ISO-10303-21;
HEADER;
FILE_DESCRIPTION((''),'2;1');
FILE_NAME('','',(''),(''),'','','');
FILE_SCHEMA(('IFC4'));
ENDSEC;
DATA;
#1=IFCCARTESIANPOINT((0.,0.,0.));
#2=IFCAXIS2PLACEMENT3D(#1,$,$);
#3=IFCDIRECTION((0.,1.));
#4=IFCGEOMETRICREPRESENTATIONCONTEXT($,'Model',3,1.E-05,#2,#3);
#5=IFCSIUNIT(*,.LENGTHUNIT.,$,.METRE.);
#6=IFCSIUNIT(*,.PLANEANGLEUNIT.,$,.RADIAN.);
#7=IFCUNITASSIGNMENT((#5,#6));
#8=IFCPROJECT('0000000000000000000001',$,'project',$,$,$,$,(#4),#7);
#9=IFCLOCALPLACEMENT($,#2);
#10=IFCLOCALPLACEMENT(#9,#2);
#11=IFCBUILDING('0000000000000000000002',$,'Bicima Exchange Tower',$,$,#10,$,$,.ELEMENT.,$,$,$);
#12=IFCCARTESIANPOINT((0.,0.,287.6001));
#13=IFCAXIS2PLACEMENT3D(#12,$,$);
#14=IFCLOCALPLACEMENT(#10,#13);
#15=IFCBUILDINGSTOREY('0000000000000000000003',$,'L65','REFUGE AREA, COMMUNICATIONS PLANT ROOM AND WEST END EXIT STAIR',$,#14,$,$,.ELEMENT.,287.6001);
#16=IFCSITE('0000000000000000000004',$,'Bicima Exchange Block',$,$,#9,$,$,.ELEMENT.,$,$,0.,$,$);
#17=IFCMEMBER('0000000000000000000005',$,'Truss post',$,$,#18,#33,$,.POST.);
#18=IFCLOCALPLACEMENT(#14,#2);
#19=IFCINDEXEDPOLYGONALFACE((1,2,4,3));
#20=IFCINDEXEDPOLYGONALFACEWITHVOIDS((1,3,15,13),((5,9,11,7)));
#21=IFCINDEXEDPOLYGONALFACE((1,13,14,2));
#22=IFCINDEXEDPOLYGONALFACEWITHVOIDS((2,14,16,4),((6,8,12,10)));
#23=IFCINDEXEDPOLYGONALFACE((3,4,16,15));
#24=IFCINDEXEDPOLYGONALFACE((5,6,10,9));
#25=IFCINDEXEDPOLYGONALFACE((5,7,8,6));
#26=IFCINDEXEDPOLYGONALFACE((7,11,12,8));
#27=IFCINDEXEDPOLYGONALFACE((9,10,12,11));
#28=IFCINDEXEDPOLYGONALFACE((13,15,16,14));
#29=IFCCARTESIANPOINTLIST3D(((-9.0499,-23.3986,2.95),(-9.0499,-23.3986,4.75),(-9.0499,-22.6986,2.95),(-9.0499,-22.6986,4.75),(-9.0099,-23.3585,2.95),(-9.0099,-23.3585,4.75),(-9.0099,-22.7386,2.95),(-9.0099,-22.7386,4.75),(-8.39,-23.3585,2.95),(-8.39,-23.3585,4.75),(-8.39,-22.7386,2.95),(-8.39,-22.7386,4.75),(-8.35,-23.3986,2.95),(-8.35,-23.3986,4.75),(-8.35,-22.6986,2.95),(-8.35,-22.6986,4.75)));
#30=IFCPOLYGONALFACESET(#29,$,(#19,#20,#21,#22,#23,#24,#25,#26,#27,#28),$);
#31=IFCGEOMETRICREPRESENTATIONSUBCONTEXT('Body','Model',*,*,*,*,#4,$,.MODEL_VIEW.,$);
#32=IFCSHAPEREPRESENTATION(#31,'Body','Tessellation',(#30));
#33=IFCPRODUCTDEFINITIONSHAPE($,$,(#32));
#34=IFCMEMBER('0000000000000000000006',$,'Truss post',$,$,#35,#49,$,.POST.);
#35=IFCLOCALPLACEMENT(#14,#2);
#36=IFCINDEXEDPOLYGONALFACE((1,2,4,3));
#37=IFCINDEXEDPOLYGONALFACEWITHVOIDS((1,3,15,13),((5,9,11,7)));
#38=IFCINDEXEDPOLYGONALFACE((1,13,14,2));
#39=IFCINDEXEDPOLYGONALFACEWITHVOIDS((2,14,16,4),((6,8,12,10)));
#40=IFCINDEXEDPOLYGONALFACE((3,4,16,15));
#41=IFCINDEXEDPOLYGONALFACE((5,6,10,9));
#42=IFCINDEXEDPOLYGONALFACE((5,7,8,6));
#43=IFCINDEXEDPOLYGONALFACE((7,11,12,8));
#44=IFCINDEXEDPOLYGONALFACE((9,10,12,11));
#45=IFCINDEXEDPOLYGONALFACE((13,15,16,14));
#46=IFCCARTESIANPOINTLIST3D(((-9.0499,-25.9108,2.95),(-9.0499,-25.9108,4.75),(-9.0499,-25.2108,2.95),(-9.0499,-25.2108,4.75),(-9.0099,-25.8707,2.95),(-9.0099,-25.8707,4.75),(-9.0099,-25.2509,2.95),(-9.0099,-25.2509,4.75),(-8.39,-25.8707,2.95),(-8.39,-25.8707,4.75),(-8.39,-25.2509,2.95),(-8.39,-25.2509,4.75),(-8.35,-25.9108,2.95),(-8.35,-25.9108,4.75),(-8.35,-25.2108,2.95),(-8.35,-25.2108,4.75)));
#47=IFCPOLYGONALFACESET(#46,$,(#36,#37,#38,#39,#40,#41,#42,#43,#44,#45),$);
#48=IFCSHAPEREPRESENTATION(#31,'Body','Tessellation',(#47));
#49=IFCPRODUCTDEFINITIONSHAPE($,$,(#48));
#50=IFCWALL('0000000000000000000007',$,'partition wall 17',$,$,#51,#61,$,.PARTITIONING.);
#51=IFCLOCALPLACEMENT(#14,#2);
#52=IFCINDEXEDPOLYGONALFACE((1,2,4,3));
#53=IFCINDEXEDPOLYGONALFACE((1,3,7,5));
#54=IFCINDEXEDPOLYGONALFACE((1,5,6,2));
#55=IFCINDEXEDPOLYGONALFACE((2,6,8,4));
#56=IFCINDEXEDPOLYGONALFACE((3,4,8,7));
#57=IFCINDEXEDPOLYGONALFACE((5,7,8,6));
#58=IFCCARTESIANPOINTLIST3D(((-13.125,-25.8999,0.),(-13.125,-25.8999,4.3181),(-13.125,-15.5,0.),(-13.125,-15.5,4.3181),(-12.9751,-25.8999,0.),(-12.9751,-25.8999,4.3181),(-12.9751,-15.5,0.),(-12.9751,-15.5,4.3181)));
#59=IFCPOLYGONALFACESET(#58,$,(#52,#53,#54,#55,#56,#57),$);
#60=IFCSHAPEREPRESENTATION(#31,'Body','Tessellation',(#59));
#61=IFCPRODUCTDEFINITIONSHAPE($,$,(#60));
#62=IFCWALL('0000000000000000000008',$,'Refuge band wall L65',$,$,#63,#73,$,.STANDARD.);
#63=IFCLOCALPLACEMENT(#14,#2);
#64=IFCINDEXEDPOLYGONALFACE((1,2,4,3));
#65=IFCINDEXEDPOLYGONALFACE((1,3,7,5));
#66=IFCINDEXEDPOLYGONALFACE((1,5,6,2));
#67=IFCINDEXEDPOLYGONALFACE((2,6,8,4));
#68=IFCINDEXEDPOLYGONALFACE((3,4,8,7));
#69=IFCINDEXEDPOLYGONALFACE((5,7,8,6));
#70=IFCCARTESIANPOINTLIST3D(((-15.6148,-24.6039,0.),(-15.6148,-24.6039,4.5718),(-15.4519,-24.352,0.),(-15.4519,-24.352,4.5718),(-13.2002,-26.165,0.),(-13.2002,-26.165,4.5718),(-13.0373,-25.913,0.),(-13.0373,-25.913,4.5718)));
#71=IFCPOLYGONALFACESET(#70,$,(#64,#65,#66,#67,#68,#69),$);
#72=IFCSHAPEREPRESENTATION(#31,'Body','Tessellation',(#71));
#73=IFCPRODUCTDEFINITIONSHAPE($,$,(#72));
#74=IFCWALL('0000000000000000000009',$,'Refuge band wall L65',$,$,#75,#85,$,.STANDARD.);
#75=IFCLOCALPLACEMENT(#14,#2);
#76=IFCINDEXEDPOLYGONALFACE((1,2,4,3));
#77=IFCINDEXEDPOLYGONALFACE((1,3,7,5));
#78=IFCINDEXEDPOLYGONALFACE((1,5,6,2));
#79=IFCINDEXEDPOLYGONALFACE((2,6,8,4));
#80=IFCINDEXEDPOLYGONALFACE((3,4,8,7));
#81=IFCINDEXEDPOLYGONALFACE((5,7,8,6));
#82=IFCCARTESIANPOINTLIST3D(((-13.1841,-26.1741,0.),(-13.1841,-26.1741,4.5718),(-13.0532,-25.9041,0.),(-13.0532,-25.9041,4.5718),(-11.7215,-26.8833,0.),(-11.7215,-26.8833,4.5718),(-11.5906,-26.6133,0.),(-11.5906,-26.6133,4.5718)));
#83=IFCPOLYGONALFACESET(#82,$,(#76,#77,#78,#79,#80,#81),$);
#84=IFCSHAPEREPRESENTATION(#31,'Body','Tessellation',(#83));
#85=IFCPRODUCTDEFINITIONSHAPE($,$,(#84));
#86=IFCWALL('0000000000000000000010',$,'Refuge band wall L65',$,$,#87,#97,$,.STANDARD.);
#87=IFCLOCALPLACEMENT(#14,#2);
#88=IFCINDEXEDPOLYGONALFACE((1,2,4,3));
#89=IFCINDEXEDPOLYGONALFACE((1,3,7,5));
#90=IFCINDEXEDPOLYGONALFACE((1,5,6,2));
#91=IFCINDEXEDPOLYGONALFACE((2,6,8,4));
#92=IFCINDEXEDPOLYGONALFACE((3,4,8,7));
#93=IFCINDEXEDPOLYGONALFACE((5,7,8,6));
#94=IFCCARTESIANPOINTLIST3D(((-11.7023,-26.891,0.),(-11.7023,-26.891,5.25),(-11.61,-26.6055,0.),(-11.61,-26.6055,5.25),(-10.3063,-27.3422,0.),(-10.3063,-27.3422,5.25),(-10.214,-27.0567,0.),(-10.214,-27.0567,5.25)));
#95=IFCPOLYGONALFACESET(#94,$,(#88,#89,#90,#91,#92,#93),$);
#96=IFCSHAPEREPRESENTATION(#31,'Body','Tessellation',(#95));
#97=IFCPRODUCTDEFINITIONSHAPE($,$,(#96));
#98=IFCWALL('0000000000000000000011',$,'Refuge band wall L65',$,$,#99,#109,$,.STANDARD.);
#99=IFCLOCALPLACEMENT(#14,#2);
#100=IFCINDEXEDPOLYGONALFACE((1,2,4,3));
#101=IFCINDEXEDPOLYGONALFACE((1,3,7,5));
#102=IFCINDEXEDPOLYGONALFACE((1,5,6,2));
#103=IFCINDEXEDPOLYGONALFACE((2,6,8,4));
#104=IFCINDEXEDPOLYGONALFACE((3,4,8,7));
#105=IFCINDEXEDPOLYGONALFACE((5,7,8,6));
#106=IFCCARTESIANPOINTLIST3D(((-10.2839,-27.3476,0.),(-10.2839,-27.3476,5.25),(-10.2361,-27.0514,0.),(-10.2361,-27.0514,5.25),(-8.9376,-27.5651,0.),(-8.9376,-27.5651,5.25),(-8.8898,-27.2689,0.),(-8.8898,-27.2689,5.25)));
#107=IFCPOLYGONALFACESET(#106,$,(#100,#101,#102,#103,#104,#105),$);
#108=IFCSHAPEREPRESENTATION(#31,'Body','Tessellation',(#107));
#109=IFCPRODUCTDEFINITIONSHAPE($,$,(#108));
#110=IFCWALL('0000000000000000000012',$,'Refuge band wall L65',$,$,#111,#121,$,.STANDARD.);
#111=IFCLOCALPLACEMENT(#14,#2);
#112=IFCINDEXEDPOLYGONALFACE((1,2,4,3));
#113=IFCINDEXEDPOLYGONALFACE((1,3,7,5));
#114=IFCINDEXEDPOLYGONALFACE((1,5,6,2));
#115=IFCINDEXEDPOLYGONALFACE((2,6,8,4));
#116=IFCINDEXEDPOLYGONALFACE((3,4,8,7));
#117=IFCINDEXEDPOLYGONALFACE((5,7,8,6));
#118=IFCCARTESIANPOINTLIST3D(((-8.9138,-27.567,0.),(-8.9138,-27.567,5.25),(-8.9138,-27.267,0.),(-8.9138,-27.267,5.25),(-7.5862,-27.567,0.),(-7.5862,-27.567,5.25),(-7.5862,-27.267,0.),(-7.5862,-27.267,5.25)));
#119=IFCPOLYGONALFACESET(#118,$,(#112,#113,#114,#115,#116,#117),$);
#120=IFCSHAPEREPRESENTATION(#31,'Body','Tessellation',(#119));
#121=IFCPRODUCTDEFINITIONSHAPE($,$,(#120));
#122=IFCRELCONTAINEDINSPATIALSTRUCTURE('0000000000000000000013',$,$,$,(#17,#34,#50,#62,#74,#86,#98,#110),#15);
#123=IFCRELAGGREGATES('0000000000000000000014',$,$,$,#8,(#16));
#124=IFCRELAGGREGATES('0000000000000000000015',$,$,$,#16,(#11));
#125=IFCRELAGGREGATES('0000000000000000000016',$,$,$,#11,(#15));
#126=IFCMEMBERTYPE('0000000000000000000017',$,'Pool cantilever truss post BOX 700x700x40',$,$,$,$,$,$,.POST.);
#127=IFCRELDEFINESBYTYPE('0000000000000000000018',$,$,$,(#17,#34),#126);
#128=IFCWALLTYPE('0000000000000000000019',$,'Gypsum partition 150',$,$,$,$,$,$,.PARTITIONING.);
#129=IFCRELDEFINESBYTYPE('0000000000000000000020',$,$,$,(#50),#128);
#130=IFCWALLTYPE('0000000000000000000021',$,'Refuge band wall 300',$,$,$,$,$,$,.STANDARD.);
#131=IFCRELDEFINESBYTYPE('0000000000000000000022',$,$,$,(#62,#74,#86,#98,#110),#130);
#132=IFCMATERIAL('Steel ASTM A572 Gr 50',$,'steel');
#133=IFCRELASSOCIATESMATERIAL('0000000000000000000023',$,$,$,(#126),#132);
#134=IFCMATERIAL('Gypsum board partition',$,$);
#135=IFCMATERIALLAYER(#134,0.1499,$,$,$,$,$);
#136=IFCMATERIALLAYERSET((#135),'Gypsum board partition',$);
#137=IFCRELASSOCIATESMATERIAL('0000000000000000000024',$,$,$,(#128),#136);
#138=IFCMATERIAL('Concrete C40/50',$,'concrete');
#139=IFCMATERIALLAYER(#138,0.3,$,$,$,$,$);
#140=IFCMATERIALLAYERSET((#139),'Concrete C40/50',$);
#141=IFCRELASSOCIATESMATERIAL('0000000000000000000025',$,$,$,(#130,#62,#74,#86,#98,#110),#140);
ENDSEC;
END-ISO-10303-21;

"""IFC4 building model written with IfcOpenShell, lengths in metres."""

from ifc_helpers import new_model, si_unit, direction, frame, frame_2d, origin, origin_2d, place, context, subcontext, project, spatial, rectangle, hollow_rectangle, extrude, material, layer, layer_set, layer_usage, material_profile, profile_set, type_object, element, save


model = new_model("IFC4")

# Units and contexts
model_context = context("Model", 3, precision=1e-05, world=origin(), true_north=direction((0.0, 1.0)))
body_context = subcontext(model_context, "Body", "Model", "MODEL_VIEW")
ifc_project = project(units=[si_unit("LENGTHUNIT", "METRE"), si_unit("PLANEANGLEUNIT", "RADIAN")], contexts=[model_context])

# Site, building, storey
site_placement = place(None, origin())
site = spatial("IfcSite", under=ifc_project, at=site_placement, Name="Bicima Exchange Block", CompositionType="ELEMENT", RefElevation=0.0)
building_placement = place(site_placement, origin())
building = spatial("IfcBuilding", under=site, at=building_placement, Name="Bicima Exchange Tower", CompositionType="ELEMENT")
storey_placement = place(building_placement, frame((0.0, 0.0, 287.6001)))
storey = spatial("IfcBuildingStorey", under=building, at=storey_placement, Name="L65", Description="REFUGE AREA, COMMUNICATIONS PLANT ROOM AND WEST END EXIT STAIR", CompositionType="ELEMENT", Elevation=287.6001)

# Members
ifc_material_1 = material(Name="Steel ASTM A572 Gr 50", Category="steel")
ifc_material_profile_1 = material_profile(ifc_material_1, hollow_rectangle(XDim=0.7, YDim=0.7, WallThickness=0.04, at=origin_2d()))
ifc_profile_set_1 = profile_set([ifc_material_profile_1], Name="Steel ASTM A572 Gr 50")
member_type_1 = type_object("IfcMemberType", Name="Pool cantilever truss post BOX 700x700x40", PredefinedType="POST", material=ifc_profile_set_1)
for number, where, z_axis, x_axis, name in (
    (1, (-8.7, -23.0486, 2.95), (0.0, 0.0, 1.0), (1.0, 0.0, 0.0), "Truss post"),
    (2, (-8.7, -25.5608, 2.95), (0.0, 0.0, 1.0), (1.0, 0.0, 0.0), "Truss post"),
):
    element("IfcMember", number, at=place(storey_placement, frame(where, z_axis=z_axis, x_axis=x_axis)), inside=storey, type_object=member_type_1, Name=name, PredefinedType="POST", context=body_context, shape_type="SweptSolid", body=[
        extrude(hollow_rectangle(XDim=0.7, YDim=0.7, WallThickness=0.04, at=origin_2d()), origin(), (0.0, 0.0, 1.0), 1.8),
    ])

# Walls
ifc_material_2 = material(Name="Gypsum board partition")
ifc_layer_1 = layer(ifc_material_2, 0.1499)
ifc_layer_set_1 = layer_set([ifc_layer_1], Name="Gypsum board partition")
wall_type_1 = type_object("IfcWallType", Name="Gypsum partition 150", PredefinedType="PARTITIONING", material=ifc_layer_set_1)
wall_1_placement = place(storey_placement, frame((-13.05, -25.8999, 0.0), z_axis=(0.0, 0.0, 1.0), x_axis=(0.0, 1.0, 0.0)))
element("IfcWall", 3, at=wall_1_placement, inside=storey, type_object=wall_type_1, Name="partition wall 17", PredefinedType="PARTITIONING", context=body_context, shape_type="SweptSolid", body=[
    extrude(rectangle(XDim=10.3999, YDim=0.1499, at=frame_2d((5.2, 0.0))), origin(), (0.0, 0.0, 1.0), 4.3181),
])
ifc_material_3 = material(Name="Concrete C40/50", Category="concrete")
ifc_layer_2 = layer(ifc_material_3, 0.3)
ifc_layer_set_2 = layer_set([ifc_layer_2], Name="Concrete C40/50")
ifc_layer_usage = layer_usage(ifc_layer_set_2, "AXIS2", "POSITIVE", -0.15)
wall_type_2 = type_object("IfcWallType", Name="Refuge band wall 300", PredefinedType="STANDARD", material=ifc_layer_set_2)
wall_2_placement = place(storey_placement, frame((-15.5332, -24.478, 0.0), z_axis=(0.0, 0.0, 1.0), x_axis=(0.83978, -0.542927, 0.0)))
element("IfcWall", 4, at=wall_2_placement, inside=storey, type_object=wall_type_2, material=ifc_layer_usage, Name="Refuge band wall L65", PredefinedType="STANDARD", context=body_context, shape_type="SweptSolid", body=[
    extrude(rectangle(XDim=2.8752, YDim=0.3, at=frame_2d((1.4375, 0.0))), origin(), (0.0, 0.0, 1.0), 4.5718),
])
wall_3_placement = place(storey_placement, frame((-13.1187, -26.0391, 0.0), z_axis=(0.0, 0.0, 1.0), x_axis=(0.899798, -0.436307, 0.0)))
element("IfcWall", 5, at=wall_3_placement, inside=storey, type_object=wall_type_2, material=ifc_layer_usage, Name="Refuge band wall L65", PredefinedType="STANDARD", context=body_context, shape_type="SweptSolid", body=[
    extrude(rectangle(XDim=1.6255, YDim=0.3, at=frame_2d((0.8127, 0.0))), origin(), (0.0, 0.0, 1.0), 4.5718),
])
wall_4_placement = place(storey_placement, frame((-11.656, -26.7483, 0.0), z_axis=(0.0, 0.0, 1.0), x_axis=(0.951539, -0.307528, 0.0)))
element("IfcWall", 6, at=wall_4_placement, inside=storey, type_object=wall_type_2, material=ifc_layer_usage, Name="Refuge band wall L65", PredefinedType="STANDARD", context=body_context, shape_type="SweptSolid", body=[
    extrude(rectangle(XDim=1.467, YDim=0.3, at=frame_2d((0.7334, 0.0))), origin(), (0.0, 0.0, 1.0), 5.25),
])
wall_5_placement = place(storey_placement, frame((-10.26, -27.1995, 0.0), z_axis=(0.0, 0.0, 1.0), x_axis=(0.987195, -0.15952, 0.0)))
element("IfcWall", 7, at=wall_5_placement, inside=storey, type_object=wall_type_2, material=ifc_layer_usage, Name="Refuge band wall L65", PredefinedType="STANDARD", context=body_context, shape_type="SweptSolid", body=[
    extrude(rectangle(XDim=1.3638, YDim=0.3, at=frame_2d((0.6819, 0.0))), origin(), (0.0, 0.0, 1.0), 5.25),
])
wall_6_placement = place(storey_placement, frame((-8.9138, -27.417, 0.0), z_axis=(0.0, 0.0, 1.0), x_axis=(1.0, 0.0, 0.0)))
element("IfcWall", 8, at=wall_6_placement, inside=storey, type_object=wall_type_2, material=ifc_layer_usage, Name="Refuge band wall L65", PredefinedType="STANDARD", context=body_context, shape_type="SweptSolid", body=[
    extrude(rectangle(XDim=1.3276, YDim=0.3, at=frame_2d((0.6638, 0.0))), origin(), (0.0, 0.0, 1.0), 5.25),
])

save(model, "model.ifc")
